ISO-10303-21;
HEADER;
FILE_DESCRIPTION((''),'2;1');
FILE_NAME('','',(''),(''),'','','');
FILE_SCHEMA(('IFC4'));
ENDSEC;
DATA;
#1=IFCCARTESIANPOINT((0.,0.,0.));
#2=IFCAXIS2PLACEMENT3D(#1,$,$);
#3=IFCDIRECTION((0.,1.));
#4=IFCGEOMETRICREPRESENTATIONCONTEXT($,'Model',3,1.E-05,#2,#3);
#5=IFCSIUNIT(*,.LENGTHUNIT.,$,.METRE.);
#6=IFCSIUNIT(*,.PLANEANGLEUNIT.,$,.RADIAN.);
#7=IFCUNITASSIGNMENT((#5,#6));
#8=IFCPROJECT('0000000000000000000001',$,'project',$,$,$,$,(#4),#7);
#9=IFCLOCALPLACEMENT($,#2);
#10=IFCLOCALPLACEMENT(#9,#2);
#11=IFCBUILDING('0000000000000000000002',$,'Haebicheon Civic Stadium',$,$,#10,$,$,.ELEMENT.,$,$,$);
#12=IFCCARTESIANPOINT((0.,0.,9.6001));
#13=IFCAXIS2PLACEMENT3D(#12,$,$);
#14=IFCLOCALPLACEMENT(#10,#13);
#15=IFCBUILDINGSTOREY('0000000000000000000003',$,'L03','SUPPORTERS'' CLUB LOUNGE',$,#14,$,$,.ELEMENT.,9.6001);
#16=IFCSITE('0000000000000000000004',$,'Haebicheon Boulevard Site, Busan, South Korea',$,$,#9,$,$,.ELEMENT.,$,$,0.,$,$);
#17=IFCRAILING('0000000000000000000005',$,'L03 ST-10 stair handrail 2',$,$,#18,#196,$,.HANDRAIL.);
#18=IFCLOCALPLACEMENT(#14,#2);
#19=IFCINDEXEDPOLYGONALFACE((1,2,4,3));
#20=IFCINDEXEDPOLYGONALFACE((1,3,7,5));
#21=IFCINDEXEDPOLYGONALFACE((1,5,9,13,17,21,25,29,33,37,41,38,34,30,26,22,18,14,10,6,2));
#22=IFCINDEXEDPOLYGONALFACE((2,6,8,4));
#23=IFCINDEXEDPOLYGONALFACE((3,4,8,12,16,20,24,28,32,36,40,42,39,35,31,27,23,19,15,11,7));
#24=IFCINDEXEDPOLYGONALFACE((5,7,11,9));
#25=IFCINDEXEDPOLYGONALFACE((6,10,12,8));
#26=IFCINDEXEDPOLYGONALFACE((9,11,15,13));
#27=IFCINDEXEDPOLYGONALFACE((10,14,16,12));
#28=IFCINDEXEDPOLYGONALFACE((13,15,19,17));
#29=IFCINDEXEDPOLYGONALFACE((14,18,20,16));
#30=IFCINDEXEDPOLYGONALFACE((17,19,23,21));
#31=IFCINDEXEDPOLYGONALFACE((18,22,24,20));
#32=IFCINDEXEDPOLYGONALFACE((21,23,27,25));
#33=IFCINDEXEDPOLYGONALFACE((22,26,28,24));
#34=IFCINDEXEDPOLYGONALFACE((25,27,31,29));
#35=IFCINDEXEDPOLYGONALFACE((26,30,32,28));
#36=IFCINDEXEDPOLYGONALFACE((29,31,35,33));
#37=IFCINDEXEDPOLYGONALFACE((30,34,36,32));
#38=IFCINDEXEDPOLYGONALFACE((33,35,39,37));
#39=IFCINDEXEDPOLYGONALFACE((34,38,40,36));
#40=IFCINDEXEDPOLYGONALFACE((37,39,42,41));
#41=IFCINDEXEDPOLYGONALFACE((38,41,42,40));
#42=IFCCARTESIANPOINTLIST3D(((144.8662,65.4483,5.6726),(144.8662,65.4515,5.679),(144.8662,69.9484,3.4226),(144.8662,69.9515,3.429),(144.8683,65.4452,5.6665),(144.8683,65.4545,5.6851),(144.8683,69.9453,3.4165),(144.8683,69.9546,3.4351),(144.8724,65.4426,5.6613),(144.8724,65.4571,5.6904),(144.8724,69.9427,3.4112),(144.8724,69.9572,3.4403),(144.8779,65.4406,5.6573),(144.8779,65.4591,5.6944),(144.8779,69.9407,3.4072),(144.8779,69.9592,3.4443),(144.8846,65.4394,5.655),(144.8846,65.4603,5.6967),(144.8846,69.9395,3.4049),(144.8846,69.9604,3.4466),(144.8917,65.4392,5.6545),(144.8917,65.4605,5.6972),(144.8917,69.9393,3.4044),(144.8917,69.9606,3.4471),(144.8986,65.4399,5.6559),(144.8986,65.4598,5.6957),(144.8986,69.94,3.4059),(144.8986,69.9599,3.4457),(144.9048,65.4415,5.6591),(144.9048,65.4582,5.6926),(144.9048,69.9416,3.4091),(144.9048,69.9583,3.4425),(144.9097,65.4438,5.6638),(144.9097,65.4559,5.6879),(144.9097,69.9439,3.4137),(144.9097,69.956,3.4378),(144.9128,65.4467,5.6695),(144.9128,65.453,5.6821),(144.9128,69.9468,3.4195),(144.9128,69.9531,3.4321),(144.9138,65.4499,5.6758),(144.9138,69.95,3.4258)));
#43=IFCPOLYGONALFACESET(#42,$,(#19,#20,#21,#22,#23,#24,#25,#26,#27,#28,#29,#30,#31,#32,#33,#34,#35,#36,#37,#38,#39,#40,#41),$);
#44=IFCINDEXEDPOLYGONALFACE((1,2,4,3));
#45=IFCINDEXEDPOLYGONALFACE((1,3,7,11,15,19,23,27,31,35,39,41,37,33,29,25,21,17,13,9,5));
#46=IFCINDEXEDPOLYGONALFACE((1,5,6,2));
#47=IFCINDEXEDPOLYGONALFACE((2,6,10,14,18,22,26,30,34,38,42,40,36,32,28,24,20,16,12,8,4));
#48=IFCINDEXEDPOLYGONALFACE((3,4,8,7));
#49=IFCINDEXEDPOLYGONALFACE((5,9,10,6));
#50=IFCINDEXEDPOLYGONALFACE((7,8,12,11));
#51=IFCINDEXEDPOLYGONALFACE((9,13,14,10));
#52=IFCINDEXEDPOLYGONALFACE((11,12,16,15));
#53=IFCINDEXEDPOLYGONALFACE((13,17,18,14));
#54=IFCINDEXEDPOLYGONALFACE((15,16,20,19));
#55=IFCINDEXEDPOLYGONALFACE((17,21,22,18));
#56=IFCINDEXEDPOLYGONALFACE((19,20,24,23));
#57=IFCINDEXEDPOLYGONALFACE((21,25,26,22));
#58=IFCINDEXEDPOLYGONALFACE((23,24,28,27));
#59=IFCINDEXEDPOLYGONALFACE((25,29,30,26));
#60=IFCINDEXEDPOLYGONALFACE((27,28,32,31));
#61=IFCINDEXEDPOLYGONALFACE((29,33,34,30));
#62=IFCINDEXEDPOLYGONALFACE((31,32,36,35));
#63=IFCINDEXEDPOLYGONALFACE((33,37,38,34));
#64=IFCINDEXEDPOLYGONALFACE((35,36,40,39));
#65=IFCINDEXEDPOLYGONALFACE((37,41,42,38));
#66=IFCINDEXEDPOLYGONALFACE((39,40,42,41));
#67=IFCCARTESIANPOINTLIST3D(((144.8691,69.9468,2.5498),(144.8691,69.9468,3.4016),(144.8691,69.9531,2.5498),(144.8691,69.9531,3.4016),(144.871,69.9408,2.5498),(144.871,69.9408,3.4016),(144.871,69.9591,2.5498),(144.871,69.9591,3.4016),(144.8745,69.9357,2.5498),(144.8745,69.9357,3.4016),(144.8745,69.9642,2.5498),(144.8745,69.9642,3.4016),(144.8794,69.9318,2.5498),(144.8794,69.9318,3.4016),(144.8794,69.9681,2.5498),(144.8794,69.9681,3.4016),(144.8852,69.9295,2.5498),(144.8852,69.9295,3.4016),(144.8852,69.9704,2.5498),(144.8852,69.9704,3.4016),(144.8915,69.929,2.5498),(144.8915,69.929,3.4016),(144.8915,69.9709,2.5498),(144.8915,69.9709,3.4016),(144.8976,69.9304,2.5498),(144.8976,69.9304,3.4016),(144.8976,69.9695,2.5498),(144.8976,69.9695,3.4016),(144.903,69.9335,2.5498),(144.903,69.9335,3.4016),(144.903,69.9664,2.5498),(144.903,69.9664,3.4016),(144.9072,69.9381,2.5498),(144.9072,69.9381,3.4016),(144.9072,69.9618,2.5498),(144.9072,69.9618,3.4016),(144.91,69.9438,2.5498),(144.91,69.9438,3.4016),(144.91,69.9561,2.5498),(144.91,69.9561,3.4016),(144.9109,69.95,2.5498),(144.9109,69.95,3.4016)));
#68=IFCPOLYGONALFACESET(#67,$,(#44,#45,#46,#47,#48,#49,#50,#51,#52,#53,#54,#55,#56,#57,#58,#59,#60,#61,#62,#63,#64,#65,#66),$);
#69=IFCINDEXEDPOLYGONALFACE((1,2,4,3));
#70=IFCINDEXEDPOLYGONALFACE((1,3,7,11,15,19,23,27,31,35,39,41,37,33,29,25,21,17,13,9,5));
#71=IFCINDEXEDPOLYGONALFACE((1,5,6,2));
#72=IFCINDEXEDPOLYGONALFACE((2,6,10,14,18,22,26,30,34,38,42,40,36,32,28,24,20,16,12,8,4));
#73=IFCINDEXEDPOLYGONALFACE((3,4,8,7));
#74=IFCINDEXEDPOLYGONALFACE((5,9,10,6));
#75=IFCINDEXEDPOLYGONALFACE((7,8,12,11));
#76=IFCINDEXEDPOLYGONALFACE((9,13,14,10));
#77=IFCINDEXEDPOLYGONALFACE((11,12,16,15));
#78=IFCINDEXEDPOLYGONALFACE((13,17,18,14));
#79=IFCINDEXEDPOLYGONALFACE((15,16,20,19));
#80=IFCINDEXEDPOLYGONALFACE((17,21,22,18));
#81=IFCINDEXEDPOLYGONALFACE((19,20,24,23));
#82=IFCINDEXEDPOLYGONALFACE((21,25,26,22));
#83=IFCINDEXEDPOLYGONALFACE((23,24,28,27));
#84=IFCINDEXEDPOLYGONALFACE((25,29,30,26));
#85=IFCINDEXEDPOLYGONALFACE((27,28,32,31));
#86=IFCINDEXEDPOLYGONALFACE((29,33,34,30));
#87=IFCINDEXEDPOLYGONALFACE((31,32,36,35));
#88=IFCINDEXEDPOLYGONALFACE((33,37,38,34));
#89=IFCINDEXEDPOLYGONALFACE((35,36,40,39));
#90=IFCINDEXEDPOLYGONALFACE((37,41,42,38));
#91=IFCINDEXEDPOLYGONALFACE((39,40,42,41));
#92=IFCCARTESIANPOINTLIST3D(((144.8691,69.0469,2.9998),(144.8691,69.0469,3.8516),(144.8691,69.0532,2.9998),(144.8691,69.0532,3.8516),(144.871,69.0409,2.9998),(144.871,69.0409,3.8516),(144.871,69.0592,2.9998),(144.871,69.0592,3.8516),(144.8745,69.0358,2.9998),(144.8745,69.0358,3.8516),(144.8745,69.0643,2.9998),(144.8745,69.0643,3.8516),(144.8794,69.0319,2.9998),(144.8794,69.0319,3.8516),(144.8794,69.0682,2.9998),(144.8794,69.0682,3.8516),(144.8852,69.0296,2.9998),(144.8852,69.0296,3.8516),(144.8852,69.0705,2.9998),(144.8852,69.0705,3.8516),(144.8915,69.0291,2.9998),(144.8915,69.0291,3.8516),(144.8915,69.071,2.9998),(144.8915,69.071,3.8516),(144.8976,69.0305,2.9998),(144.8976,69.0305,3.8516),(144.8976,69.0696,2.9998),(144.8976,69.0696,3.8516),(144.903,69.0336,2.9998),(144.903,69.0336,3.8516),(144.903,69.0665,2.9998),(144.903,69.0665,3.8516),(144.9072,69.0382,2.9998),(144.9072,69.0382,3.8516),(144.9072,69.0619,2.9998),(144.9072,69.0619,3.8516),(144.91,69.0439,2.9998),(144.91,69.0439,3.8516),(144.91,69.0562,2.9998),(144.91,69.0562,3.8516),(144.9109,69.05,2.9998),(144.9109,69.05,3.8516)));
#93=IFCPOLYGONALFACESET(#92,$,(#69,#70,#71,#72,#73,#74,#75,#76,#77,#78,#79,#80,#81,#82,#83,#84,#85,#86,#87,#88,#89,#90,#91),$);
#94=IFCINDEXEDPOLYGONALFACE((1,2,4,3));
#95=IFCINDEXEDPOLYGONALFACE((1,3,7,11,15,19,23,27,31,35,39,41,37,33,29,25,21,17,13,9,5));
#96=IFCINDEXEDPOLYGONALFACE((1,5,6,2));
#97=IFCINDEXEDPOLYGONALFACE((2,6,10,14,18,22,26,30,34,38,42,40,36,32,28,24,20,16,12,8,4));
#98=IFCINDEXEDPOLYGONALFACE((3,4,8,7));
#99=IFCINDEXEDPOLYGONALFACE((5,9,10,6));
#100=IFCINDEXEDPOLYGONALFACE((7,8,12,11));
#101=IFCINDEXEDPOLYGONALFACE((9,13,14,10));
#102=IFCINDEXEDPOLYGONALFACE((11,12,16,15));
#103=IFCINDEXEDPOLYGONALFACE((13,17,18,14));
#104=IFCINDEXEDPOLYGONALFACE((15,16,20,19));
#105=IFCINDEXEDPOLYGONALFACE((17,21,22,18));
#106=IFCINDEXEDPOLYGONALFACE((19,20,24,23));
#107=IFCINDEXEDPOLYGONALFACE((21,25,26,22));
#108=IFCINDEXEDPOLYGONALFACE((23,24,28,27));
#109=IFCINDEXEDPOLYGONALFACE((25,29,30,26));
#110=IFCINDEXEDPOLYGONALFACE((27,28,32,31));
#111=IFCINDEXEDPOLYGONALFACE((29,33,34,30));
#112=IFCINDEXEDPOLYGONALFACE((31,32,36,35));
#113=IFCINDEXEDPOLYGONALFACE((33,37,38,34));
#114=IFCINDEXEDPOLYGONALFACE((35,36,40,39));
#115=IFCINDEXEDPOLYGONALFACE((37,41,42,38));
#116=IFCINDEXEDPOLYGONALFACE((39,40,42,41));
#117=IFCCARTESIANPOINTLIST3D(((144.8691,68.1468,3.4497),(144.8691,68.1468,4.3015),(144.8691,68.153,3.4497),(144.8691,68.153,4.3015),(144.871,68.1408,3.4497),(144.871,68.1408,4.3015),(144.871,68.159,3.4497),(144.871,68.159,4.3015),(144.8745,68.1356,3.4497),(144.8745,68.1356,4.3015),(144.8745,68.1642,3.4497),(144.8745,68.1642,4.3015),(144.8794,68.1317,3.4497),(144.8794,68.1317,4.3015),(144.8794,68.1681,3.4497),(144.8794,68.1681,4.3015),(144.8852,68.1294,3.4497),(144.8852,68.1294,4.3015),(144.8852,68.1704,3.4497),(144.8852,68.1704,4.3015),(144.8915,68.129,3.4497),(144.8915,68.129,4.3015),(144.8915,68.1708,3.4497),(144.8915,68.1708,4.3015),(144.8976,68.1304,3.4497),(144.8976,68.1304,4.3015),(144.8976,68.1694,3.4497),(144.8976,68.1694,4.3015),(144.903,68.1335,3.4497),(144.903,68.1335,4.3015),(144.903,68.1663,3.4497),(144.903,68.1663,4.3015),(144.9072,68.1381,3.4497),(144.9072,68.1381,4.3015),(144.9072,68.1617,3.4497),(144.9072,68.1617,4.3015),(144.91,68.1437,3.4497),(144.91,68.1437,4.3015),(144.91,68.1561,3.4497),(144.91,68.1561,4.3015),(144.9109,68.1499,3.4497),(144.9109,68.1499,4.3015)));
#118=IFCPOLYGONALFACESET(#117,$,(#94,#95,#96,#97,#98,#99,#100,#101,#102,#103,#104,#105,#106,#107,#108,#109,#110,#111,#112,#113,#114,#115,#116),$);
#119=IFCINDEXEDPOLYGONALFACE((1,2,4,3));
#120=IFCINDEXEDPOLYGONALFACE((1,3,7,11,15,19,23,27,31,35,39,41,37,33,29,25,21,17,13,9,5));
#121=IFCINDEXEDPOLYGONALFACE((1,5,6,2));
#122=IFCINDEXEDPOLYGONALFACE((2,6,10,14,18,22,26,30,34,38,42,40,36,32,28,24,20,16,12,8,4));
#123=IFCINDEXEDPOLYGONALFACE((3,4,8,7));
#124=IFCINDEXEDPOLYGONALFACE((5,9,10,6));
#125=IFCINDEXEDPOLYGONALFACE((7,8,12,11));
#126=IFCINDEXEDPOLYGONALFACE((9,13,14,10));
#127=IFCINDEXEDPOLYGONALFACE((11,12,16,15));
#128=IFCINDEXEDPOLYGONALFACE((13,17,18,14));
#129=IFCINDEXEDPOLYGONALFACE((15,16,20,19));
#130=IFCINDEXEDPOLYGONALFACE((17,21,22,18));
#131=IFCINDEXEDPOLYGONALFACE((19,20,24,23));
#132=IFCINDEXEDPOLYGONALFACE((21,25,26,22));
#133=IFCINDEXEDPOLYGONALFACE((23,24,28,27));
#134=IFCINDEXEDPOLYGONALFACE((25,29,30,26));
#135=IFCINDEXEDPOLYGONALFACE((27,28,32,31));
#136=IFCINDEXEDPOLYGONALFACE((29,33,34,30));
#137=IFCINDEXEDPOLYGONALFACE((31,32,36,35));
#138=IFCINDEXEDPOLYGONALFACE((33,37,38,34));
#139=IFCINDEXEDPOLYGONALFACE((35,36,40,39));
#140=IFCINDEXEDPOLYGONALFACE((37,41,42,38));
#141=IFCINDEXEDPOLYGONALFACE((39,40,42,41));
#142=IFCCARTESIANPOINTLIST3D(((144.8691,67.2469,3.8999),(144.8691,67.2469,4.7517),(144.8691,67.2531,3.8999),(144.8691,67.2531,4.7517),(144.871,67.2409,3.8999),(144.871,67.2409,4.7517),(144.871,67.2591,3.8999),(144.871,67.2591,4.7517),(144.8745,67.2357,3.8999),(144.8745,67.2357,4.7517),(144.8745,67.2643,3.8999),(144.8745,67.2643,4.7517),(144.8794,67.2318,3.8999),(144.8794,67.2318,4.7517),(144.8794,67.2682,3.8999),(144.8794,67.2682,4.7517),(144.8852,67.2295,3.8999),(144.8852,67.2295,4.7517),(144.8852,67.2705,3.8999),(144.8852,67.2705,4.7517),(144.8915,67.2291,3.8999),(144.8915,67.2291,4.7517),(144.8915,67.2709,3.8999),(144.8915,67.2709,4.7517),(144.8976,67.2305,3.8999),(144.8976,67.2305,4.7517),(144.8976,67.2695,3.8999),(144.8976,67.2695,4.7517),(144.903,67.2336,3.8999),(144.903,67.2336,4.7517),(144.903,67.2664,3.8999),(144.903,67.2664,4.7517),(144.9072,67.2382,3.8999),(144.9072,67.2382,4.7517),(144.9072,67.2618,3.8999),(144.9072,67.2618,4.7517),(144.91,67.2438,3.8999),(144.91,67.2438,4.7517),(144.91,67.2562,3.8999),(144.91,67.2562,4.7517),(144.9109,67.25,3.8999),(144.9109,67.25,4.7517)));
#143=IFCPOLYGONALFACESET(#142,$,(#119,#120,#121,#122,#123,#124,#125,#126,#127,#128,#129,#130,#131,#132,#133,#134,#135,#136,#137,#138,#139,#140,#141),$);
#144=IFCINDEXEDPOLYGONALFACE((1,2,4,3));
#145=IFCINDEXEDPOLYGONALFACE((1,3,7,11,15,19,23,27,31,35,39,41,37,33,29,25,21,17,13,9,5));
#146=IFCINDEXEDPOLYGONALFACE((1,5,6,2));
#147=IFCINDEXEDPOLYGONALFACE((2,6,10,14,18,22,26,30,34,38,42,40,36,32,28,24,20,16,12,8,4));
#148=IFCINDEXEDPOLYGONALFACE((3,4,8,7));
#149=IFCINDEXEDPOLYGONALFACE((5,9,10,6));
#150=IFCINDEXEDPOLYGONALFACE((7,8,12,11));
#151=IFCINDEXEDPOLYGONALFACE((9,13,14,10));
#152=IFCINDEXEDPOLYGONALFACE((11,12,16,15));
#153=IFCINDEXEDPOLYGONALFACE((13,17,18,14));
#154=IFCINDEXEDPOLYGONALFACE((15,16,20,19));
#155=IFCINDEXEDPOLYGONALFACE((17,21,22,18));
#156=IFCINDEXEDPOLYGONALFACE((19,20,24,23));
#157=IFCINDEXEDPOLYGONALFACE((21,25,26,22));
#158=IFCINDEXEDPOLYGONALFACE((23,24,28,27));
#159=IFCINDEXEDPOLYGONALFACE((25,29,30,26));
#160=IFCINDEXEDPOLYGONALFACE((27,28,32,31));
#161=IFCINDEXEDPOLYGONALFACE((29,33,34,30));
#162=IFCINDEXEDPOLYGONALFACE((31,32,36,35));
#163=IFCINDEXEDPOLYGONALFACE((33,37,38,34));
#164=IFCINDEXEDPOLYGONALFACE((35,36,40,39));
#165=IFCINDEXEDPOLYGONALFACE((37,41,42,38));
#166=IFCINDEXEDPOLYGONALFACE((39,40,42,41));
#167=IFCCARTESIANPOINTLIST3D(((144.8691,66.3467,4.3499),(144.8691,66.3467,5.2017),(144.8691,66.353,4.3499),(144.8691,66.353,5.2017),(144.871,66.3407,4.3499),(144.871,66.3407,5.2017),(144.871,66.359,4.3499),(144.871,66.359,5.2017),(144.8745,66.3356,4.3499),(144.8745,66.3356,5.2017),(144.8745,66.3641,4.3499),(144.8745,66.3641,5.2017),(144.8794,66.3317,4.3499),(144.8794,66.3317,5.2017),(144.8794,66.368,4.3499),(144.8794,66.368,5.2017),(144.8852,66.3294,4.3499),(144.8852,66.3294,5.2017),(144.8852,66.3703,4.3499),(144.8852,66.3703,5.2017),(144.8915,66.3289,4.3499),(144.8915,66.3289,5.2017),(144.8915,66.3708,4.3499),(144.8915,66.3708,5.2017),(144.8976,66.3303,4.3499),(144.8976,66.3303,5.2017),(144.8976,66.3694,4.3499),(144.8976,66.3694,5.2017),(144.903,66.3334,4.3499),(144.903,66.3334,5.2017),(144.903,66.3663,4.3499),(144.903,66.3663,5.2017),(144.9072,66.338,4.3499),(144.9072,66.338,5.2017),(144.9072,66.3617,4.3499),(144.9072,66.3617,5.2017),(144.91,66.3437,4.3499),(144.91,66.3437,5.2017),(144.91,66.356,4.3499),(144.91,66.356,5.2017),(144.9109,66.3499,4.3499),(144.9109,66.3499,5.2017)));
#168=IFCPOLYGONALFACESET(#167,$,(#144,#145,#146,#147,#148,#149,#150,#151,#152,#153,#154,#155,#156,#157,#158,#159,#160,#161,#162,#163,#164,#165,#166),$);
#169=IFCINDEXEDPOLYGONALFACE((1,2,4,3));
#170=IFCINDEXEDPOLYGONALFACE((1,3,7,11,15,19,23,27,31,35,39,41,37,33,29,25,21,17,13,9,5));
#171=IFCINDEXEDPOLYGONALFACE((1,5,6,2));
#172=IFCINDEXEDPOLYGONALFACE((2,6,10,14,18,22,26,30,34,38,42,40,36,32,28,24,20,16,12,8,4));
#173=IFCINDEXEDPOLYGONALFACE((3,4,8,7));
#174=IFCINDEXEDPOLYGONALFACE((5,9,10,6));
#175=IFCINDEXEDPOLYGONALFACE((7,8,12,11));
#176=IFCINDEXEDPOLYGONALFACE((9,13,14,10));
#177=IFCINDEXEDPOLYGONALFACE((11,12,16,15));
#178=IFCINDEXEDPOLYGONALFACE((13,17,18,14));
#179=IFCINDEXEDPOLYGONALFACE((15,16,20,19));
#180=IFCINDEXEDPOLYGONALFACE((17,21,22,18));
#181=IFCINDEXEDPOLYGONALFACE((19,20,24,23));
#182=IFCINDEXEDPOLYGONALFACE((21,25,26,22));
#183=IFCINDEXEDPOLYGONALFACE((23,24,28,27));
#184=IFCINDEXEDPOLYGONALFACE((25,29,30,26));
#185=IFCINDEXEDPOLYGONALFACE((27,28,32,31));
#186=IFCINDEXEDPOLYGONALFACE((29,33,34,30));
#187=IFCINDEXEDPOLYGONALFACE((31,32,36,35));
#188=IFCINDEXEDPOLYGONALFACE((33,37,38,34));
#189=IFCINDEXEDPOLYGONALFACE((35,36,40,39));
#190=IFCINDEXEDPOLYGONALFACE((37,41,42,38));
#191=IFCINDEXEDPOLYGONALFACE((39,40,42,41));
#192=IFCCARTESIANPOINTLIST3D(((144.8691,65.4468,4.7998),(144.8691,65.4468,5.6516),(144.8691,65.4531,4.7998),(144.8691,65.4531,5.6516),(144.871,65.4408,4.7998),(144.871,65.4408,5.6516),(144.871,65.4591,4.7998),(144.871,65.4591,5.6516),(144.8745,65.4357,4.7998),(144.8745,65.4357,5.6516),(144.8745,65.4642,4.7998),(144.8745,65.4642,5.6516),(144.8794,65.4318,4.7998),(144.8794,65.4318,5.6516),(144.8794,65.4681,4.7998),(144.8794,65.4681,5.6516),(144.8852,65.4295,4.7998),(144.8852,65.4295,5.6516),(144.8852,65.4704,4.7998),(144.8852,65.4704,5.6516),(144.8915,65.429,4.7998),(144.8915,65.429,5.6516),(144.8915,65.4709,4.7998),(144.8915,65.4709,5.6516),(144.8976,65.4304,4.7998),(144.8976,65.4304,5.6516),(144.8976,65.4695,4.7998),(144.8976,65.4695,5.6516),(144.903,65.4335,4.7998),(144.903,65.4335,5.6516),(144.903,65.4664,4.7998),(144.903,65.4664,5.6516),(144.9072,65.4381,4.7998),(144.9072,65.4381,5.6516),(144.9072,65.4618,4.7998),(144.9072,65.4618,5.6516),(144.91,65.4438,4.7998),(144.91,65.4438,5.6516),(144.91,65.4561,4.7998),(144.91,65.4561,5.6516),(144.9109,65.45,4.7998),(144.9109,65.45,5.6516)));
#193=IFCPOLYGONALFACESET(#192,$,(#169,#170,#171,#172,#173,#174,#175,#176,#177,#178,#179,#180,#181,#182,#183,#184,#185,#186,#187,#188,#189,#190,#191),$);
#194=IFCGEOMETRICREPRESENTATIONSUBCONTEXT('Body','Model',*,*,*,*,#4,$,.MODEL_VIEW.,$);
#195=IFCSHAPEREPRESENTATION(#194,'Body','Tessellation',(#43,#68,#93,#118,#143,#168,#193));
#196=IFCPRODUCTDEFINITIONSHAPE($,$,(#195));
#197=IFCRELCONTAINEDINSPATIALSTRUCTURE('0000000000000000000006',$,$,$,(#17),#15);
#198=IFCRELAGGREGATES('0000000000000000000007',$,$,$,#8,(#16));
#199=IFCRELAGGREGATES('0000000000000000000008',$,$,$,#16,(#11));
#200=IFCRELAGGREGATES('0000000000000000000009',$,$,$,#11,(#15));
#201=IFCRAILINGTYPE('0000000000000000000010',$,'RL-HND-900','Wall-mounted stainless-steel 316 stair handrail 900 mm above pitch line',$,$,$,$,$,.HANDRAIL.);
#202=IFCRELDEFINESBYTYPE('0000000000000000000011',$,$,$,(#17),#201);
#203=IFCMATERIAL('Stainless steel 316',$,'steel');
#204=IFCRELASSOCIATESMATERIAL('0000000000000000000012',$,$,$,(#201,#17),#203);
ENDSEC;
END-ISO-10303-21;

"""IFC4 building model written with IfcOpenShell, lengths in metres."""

from ifc_helpers import new_model, si_unit, direction, frame, origin, origin_2d, place, context, subcontext, project, spatial, circle, extrude, material, type_object, element, save


model = new_model("IFC4")

# Units and contexts
model_context = context("Model", 3, precision=1e-05, world=origin(), true_north=direction((0.0, 1.0)))
body_context = subcontext(model_context, "Body", "Model", "MODEL_VIEW")
ifc_project = project(units=[si_unit("LENGTHUNIT", "METRE"), si_unit("PLANEANGLEUNIT", "RADIAN")], contexts=[model_context])

# Site, building, storey
site_placement = place(None, origin())
site = spatial("IfcSite", under=ifc_project, at=site_placement, Name="Haebicheon Boulevard Site, Busan, South Korea", CompositionType="ELEMENT", RefElevation=0.0)
building_placement = place(site_placement, origin())
building = spatial("IfcBuilding", under=site, at=building_placement, Name="Haebicheon Civic Stadium", CompositionType="ELEMENT")
storey_placement = place(building_placement, frame((0.0, 0.0, 9.6001)))
storey = spatial("IfcBuildingStorey", under=building, at=storey_placement, Name="L03", Description="SUPPORTERS' CLUB LOUNGE", CompositionType="ELEMENT", Elevation=9.6001)

# Railing
ifc_material_1 = material(Name="Stainless steel 316", Category="steel")
railing_type_1 = type_object("IfcRailingType", Name="RL-HND-900", Description="Wall-mounted stainless-steel 316 stair handrail 900 mm above pitch line", PredefinedType="HANDRAIL", material=ifc_material_1)
railing_1_placement = place(storey_placement, frame((144.8899, 69.95, 2.5498)))
element("IfcRailing", 1, at=railing_1_placement, inside=storey, type_object=railing_type_1, material=ifc_material_1, Name="L03 ST-10 stair handrail 2", PredefinedType="HANDRAIL", context=body_context, shape_type="SweptSolid", body=[
    extrude(circle(Radius=0.0239, at=origin_2d()), frame((0.0, 0.0, 0.876), z_axis=(0.0, -0.894427, 0.447214), x_axis=(1.0, 0.0, 0.0)), (0.0, 0.0, 1.0), 5.0312),
    extrude(circle(Radius=0.021, at=origin_2d()), origin(), (0.0, 0.0, 1.0), 0.8518),
    extrude(circle(Radius=0.021, at=origin_2d()), frame((0.0, -0.8999, 0.45)), (0.0, 0.0, 1.0), 0.8518),
    extrude(circle(Radius=0.021, at=origin_2d()), frame((0.0, -1.8, 0.8999)), (0.0, 0.0, 1.0), 0.8518),
    extrude(circle(Radius=0.021, at=origin_2d()), frame((0.0, -2.7, 1.3501)), (0.0, 0.0, 1.0), 0.8518),
    extrude(circle(Radius=0.021, at=origin_2d()), frame((0.0, -3.6001, 1.8)), (0.0, 0.0, 1.0), 0.8518),
    extrude(circle(Radius=0.021, at=origin_2d()), frame((0.0, -4.5, 2.25)), (0.0, 0.0, 1.0), 0.8518),
])

save(model, "model.ifc")
